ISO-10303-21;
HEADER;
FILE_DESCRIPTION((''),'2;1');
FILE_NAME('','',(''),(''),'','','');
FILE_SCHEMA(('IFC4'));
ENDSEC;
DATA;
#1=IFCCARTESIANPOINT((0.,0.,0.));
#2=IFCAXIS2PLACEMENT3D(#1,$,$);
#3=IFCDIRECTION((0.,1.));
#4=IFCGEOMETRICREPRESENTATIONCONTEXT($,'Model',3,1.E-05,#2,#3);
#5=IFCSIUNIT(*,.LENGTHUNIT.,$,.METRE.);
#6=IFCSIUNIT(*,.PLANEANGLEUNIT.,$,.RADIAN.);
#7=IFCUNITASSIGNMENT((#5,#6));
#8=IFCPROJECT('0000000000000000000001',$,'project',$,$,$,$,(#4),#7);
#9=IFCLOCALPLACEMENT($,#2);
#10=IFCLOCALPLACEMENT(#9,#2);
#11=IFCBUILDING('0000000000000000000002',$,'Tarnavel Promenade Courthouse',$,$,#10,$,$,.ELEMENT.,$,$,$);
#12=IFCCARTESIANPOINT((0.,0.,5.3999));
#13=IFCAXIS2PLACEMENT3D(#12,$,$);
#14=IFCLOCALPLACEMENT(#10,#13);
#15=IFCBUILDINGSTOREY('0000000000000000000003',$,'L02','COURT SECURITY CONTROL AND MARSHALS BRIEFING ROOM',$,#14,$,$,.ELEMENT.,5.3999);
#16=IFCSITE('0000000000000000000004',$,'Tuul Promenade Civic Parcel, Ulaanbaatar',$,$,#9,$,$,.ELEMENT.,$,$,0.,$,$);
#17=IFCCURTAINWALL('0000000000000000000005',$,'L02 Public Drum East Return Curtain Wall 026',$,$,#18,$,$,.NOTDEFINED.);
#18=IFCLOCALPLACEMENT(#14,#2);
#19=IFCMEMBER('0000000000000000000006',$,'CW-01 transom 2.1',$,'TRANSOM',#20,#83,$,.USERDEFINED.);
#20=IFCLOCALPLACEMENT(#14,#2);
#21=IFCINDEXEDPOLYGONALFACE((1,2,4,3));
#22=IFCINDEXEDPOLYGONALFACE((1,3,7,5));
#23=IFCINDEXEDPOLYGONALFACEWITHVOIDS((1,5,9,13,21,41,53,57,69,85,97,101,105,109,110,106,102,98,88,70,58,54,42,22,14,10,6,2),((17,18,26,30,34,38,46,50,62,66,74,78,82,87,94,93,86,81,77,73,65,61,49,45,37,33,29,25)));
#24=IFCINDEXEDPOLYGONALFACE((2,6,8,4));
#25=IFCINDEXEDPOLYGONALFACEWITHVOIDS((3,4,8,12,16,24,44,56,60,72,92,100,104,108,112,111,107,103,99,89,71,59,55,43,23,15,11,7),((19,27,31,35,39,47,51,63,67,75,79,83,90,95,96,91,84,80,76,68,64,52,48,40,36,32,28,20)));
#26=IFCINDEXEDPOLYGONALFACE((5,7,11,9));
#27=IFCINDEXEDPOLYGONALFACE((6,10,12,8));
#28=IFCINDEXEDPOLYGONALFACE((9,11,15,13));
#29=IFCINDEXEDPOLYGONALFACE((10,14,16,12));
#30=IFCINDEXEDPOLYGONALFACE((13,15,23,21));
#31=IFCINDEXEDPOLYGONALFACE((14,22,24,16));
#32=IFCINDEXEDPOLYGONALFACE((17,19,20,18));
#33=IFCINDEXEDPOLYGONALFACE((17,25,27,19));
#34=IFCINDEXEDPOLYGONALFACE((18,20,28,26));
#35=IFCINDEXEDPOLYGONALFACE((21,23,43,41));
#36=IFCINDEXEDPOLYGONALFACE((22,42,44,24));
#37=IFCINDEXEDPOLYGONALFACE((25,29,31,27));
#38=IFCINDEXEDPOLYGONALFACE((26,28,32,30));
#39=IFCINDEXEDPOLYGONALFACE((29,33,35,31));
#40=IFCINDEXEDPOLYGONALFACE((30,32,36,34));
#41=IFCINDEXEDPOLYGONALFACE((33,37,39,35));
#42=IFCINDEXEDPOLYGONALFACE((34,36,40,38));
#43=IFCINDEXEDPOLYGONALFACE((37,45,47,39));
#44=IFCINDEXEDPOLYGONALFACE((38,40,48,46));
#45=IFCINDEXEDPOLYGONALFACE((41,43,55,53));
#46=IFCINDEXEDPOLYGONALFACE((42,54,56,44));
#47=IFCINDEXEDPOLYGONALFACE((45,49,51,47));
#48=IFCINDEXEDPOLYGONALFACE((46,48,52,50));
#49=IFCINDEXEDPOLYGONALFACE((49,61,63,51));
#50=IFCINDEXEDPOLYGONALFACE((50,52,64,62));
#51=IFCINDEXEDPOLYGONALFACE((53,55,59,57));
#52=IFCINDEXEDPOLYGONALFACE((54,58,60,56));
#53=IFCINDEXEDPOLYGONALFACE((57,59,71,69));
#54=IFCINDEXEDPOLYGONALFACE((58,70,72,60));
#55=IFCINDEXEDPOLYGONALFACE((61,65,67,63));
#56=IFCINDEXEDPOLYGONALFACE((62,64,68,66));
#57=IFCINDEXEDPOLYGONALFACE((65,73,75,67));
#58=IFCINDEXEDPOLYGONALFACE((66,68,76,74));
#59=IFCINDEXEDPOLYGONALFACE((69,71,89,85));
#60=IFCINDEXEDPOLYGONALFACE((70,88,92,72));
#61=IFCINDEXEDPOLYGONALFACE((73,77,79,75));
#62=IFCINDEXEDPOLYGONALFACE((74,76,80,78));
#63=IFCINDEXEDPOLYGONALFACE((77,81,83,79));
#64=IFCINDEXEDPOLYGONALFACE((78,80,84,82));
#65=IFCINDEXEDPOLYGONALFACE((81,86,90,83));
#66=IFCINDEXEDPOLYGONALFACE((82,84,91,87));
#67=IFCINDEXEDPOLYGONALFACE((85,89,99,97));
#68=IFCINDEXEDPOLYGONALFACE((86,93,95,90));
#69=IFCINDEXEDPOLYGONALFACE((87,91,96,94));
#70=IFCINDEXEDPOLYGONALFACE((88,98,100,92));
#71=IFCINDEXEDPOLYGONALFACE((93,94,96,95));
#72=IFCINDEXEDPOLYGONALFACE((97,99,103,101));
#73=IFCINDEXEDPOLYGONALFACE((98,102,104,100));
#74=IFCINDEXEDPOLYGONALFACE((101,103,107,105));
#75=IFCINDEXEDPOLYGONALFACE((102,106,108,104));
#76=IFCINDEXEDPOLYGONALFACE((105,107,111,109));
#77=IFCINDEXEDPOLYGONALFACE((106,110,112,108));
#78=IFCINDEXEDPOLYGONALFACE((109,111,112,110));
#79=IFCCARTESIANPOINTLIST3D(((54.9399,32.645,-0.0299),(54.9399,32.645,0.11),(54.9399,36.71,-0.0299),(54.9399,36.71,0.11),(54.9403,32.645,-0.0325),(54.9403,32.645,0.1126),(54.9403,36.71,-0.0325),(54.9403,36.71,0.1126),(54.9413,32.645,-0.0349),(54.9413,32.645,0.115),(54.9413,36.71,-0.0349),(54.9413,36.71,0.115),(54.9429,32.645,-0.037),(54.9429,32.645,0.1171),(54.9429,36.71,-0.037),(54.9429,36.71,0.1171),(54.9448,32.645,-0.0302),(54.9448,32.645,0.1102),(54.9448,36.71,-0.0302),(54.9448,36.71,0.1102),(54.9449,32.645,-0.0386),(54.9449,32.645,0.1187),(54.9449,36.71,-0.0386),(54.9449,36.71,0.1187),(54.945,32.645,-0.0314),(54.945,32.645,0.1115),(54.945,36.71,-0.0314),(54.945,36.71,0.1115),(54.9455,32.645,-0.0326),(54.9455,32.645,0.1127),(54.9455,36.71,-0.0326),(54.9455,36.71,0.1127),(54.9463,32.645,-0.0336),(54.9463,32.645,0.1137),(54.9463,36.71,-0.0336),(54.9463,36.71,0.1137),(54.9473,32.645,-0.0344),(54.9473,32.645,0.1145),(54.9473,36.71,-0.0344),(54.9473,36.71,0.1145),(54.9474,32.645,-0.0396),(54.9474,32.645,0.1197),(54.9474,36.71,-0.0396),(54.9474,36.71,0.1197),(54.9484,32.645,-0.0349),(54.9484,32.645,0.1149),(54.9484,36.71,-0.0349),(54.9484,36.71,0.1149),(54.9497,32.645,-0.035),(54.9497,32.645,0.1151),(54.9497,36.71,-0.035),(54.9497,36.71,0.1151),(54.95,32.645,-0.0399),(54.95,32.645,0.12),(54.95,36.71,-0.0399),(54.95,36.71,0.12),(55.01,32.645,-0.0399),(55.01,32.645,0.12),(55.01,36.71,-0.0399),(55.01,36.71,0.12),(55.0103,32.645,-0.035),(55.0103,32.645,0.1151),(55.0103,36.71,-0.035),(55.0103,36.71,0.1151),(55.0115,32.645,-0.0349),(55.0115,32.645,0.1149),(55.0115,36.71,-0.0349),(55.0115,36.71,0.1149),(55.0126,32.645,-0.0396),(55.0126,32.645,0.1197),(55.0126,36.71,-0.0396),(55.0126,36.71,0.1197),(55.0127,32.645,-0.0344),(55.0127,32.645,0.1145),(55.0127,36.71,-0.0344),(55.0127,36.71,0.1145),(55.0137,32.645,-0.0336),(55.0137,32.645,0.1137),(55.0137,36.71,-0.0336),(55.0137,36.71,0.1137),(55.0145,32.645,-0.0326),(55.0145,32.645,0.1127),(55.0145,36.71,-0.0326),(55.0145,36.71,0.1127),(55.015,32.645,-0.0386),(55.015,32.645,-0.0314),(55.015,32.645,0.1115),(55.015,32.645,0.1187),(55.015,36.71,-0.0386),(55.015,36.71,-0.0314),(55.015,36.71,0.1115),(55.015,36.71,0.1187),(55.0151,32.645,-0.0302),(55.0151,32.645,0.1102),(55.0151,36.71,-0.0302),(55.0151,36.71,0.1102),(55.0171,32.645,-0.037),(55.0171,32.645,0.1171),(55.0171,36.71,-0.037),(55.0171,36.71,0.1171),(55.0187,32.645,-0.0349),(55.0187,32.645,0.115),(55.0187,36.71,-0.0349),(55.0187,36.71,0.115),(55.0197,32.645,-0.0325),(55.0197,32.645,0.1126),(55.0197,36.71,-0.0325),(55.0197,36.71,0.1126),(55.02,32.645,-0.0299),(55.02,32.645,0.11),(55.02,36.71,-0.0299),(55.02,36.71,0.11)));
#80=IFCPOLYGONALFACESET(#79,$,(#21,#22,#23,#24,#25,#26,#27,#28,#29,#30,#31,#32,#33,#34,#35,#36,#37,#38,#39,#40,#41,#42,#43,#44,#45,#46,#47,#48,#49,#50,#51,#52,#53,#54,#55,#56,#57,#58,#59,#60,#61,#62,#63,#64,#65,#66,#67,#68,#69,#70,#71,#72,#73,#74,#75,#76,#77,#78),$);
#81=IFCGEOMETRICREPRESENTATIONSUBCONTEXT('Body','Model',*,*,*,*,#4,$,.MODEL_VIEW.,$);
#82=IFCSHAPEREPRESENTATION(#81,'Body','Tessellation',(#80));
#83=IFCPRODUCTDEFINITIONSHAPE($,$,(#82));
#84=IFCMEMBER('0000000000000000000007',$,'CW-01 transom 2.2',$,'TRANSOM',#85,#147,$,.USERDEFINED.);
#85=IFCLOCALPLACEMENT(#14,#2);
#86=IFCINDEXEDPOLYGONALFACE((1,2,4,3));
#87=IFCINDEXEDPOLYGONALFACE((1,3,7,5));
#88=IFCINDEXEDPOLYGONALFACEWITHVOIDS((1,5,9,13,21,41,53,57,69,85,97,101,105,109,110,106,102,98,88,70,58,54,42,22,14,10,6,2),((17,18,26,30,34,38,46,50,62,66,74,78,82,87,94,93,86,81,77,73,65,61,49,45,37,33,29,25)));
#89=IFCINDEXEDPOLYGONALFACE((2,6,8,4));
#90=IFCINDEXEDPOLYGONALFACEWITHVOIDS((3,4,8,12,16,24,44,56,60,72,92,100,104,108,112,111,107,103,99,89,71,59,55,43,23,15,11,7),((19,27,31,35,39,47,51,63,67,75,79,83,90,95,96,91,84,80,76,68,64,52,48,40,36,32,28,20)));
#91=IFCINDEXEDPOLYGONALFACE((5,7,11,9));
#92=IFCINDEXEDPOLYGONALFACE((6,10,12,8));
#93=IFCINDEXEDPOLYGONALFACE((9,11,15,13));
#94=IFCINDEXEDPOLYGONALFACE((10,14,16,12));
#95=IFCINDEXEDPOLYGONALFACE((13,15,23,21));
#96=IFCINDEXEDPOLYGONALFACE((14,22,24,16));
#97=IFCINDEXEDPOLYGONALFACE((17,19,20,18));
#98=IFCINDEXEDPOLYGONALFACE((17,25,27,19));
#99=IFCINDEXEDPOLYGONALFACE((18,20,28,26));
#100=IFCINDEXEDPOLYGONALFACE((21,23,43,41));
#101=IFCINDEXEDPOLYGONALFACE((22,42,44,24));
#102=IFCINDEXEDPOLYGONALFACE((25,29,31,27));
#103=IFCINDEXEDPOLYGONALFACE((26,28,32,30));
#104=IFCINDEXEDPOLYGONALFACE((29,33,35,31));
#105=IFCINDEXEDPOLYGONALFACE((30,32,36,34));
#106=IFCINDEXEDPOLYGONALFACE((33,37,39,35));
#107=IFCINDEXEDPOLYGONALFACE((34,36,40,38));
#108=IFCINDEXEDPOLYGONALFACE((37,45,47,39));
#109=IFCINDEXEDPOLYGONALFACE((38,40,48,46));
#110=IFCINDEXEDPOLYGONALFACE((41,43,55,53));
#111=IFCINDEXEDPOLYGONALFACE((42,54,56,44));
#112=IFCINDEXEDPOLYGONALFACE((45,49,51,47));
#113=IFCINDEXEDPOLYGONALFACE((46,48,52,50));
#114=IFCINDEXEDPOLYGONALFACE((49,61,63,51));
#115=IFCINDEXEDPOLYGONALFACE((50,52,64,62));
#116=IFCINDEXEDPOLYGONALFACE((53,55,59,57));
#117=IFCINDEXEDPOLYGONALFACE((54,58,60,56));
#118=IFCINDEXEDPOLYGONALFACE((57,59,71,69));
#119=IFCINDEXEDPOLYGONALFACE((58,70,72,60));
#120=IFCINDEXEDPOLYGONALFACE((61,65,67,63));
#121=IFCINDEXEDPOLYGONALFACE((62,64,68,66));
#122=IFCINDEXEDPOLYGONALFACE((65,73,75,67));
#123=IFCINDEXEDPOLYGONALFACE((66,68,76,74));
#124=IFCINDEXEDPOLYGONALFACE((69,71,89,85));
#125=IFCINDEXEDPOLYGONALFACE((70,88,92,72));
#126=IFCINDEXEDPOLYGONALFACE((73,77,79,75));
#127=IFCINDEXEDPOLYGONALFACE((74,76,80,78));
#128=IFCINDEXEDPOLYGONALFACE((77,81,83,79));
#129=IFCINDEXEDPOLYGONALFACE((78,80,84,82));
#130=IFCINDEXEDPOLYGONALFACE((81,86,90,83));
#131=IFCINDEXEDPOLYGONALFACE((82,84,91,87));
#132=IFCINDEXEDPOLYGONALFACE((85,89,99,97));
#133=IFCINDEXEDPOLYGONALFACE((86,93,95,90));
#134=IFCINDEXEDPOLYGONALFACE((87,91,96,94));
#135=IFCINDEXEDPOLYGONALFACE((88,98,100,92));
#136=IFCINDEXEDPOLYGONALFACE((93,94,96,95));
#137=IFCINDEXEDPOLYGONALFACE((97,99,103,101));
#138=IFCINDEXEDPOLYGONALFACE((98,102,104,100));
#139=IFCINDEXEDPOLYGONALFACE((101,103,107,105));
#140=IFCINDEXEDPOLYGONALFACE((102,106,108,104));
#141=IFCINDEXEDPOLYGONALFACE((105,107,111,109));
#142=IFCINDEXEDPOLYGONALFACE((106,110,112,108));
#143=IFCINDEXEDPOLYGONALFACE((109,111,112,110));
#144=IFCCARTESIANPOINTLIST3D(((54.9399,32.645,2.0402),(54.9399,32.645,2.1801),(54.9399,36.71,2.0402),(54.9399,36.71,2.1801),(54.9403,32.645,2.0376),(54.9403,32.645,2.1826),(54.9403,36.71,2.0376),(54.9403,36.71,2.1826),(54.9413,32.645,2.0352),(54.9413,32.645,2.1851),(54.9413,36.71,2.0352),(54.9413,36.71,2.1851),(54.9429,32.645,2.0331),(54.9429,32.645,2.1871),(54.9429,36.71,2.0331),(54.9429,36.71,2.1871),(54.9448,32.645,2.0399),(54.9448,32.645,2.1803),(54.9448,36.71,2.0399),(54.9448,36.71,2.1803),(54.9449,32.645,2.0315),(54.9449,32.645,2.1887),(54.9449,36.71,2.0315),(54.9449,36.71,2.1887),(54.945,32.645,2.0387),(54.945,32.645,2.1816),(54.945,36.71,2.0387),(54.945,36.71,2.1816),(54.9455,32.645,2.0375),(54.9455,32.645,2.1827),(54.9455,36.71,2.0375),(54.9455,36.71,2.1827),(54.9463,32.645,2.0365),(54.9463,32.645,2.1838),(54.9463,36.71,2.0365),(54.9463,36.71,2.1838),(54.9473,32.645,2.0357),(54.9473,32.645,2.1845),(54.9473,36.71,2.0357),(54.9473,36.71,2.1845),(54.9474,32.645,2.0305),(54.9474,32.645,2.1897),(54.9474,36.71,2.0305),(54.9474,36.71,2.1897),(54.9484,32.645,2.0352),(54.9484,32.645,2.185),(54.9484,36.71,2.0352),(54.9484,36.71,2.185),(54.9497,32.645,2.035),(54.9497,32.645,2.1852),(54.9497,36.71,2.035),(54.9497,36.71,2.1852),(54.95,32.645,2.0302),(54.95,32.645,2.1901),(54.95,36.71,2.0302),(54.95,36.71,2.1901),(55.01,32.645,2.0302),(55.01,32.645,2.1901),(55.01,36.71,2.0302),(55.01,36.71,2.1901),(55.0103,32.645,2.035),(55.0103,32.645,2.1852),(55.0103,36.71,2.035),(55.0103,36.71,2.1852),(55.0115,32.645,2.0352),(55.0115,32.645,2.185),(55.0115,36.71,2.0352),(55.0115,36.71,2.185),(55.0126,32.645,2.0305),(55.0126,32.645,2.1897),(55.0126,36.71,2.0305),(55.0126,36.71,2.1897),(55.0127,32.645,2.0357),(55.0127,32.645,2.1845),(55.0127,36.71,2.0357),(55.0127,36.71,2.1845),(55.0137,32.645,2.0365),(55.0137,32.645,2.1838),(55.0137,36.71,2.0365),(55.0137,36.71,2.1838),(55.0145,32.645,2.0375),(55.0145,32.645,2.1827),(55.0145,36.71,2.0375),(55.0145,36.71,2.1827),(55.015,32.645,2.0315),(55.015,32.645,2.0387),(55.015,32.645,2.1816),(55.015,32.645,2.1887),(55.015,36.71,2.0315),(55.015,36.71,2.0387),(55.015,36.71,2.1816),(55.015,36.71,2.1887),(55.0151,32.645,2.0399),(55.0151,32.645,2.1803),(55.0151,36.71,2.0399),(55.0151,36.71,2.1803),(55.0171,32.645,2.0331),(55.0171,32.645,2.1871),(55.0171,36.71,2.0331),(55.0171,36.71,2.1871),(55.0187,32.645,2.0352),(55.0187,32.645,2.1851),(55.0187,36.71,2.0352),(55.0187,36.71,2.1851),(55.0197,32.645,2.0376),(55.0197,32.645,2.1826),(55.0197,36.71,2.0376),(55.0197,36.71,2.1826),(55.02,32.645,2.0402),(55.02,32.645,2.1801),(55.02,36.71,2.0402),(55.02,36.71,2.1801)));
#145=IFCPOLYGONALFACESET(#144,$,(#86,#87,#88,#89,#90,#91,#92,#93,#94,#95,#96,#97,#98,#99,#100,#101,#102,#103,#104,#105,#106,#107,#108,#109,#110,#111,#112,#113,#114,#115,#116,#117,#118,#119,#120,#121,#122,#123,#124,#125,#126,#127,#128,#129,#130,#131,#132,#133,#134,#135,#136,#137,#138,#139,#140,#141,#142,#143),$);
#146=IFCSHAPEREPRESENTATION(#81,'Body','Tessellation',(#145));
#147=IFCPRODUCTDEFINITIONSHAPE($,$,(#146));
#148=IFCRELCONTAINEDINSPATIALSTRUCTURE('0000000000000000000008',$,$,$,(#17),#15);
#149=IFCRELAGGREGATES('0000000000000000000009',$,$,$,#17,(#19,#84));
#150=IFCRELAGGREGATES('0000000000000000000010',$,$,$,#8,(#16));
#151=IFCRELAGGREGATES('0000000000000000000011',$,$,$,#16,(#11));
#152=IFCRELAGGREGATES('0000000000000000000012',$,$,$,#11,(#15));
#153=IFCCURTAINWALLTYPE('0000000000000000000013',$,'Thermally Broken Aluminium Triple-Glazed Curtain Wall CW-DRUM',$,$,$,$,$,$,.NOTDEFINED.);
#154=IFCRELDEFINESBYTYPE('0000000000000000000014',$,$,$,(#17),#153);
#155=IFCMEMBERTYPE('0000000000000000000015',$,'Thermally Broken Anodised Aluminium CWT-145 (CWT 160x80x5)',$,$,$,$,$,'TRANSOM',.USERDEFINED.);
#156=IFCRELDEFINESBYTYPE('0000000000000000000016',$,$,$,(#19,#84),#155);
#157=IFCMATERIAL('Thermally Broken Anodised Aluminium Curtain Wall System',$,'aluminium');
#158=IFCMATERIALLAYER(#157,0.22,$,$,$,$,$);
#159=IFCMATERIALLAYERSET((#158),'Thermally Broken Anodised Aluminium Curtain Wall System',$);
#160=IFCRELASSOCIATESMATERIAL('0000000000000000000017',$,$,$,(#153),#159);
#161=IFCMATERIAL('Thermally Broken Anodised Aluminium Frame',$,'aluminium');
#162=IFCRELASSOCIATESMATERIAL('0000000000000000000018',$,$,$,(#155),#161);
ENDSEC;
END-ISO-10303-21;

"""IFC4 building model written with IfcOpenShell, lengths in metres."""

from ifc_helpers import new_model, si_unit, direction, frame, origin, origin_2d, place, context, subcontext, project, spatial, hollow_rectangle, extrude, material, layer, layer_set, material_profile, profile_set, type_object, element, aggregate, save


model = new_model("IFC4")

# Units and contexts
model_context = context("Model", 3, precision=1e-05, world=origin(), true_north=direction((0.0, 1.0)))
body_context = subcontext(model_context, "Body", "Model", "MODEL_VIEW")
ifc_project = project(units=[si_unit("LENGTHUNIT", "METRE"), si_unit("PLANEANGLEUNIT", "RADIAN")], contexts=[model_context])

# Site, building, storey
site_placement = place(None, origin())
site = spatial("IfcSite", under=ifc_project, at=site_placement, Name="Tuul Promenade Civic Parcel, Ulaanbaatar", CompositionType="ELEMENT", RefElevation=0.0)
building_placement = place(site_placement, origin())
building = spatial("IfcBuilding", under=site, at=building_placement, Name="Tarnavel Promenade Courthouse", CompositionType="ELEMENT")
storey_placement = place(building_placement, frame((0.0, 0.0, 5.3999)))
storey = spatial("IfcBuildingStorey", under=building, at=storey_placement, Name="L02", Description="COURT SECURITY CONTROL AND MARSHALS BRIEFING ROOM", CompositionType="ELEMENT", Elevation=5.3999)

# Curtain wall
ifc_material_1 = material(Name="Thermally Broken Anodised Aluminium Curtain Wall System", Category="aluminium")
ifc_layer_1 = layer(ifc_material_1, 0.22)
ifc_layer_set_1 = layer_set([ifc_layer_1], Name="Thermally Broken Anodised Aluminium Curtain Wall System")
curtain_wall_type_1 = type_object("IfcCurtainWallType", Name="Thermally Broken Aluminium Triple-Glazed Curtain Wall CW-DRUM", PredefinedType="NOTDEFINED", material=ifc_layer_set_1)
ifc_material_2 = material(Name="Thermally Broken Anodised Aluminium Frame", Category="aluminium")
curtain_wall_1_placement = place(storey_placement, origin())
curtain_wall_1 = element("IfcCurtainWall", 1, at=curtain_wall_1_placement, inside=storey, type_object=curtain_wall_type_1, Name="L02 Public Drum East Return Curtain Wall 026", PredefinedType="NOTDEFINED")

# Members
ifc_material_profile_1 = material_profile(ifc_material_2, hollow_rectangle(XDim=0.0801, YDim=0.1599, WallThickness=0.0049, InnerFilletRadius=0.0049, OuterFilletRadius=0.01, at=origin_2d()), Name="CWT 160x80x5")
ifc_profile_set_1 = profile_set([ifc_material_profile_1], Name="Thermally Broken Anodised Aluminium Frame")
member_type_1 = type_object("IfcMemberType", Name="Thermally Broken Anodised Aluminium CWT-145 (CWT 160x80x5)", ElementType="TRANSOM", PredefinedType="USERDEFINED", material=ifc_profile_set_1)
member_1_placement = place(storey_placement, frame((54.98, 32.645, 0.04), z_axis=(0.0, 1.0, 0.0), x_axis=(-1.0, 0.0, 0.0)))
member_1 = element("IfcMember", 2, at=member_1_placement, type_object=member_type_1, Name="CW-01 transom 2.1", ObjectType="TRANSOM", PredefinedType="USERDEFINED", context=body_context, shape_type="SweptSolid", body=[
    extrude(hollow_rectangle(XDim=0.0801, YDim=0.1599, WallThickness=0.0049, InnerFilletRadius=0.0049, OuterFilletRadius=0.01, at=origin_2d()), origin(), (0.0, 0.0, 1.0), 4.0649),
])
member_2_placement = place(storey_placement, frame((54.98, 32.645, 2.1101), z_axis=(0.0, 1.0, 0.0), x_axis=(-1.0, 0.0, 0.0)))
member_2 = element("IfcMember", 3, at=member_2_placement, type_object=member_type_1, Name="CW-01 transom 2.2", ObjectType="TRANSOM", PredefinedType="USERDEFINED", context=body_context, shape_type="SweptSolid", body=[
    extrude(hollow_rectangle(XDim=0.0801, YDim=0.1599, WallThickness=0.0049, InnerFilletRadius=0.0049, OuterFilletRadius=0.01, at=origin_2d()), origin(), (0.0, 0.0, 1.0), 4.0649),
])

aggregate(curtain_wall_1, [member_1, member_2])

save(model, "model.ifc")
